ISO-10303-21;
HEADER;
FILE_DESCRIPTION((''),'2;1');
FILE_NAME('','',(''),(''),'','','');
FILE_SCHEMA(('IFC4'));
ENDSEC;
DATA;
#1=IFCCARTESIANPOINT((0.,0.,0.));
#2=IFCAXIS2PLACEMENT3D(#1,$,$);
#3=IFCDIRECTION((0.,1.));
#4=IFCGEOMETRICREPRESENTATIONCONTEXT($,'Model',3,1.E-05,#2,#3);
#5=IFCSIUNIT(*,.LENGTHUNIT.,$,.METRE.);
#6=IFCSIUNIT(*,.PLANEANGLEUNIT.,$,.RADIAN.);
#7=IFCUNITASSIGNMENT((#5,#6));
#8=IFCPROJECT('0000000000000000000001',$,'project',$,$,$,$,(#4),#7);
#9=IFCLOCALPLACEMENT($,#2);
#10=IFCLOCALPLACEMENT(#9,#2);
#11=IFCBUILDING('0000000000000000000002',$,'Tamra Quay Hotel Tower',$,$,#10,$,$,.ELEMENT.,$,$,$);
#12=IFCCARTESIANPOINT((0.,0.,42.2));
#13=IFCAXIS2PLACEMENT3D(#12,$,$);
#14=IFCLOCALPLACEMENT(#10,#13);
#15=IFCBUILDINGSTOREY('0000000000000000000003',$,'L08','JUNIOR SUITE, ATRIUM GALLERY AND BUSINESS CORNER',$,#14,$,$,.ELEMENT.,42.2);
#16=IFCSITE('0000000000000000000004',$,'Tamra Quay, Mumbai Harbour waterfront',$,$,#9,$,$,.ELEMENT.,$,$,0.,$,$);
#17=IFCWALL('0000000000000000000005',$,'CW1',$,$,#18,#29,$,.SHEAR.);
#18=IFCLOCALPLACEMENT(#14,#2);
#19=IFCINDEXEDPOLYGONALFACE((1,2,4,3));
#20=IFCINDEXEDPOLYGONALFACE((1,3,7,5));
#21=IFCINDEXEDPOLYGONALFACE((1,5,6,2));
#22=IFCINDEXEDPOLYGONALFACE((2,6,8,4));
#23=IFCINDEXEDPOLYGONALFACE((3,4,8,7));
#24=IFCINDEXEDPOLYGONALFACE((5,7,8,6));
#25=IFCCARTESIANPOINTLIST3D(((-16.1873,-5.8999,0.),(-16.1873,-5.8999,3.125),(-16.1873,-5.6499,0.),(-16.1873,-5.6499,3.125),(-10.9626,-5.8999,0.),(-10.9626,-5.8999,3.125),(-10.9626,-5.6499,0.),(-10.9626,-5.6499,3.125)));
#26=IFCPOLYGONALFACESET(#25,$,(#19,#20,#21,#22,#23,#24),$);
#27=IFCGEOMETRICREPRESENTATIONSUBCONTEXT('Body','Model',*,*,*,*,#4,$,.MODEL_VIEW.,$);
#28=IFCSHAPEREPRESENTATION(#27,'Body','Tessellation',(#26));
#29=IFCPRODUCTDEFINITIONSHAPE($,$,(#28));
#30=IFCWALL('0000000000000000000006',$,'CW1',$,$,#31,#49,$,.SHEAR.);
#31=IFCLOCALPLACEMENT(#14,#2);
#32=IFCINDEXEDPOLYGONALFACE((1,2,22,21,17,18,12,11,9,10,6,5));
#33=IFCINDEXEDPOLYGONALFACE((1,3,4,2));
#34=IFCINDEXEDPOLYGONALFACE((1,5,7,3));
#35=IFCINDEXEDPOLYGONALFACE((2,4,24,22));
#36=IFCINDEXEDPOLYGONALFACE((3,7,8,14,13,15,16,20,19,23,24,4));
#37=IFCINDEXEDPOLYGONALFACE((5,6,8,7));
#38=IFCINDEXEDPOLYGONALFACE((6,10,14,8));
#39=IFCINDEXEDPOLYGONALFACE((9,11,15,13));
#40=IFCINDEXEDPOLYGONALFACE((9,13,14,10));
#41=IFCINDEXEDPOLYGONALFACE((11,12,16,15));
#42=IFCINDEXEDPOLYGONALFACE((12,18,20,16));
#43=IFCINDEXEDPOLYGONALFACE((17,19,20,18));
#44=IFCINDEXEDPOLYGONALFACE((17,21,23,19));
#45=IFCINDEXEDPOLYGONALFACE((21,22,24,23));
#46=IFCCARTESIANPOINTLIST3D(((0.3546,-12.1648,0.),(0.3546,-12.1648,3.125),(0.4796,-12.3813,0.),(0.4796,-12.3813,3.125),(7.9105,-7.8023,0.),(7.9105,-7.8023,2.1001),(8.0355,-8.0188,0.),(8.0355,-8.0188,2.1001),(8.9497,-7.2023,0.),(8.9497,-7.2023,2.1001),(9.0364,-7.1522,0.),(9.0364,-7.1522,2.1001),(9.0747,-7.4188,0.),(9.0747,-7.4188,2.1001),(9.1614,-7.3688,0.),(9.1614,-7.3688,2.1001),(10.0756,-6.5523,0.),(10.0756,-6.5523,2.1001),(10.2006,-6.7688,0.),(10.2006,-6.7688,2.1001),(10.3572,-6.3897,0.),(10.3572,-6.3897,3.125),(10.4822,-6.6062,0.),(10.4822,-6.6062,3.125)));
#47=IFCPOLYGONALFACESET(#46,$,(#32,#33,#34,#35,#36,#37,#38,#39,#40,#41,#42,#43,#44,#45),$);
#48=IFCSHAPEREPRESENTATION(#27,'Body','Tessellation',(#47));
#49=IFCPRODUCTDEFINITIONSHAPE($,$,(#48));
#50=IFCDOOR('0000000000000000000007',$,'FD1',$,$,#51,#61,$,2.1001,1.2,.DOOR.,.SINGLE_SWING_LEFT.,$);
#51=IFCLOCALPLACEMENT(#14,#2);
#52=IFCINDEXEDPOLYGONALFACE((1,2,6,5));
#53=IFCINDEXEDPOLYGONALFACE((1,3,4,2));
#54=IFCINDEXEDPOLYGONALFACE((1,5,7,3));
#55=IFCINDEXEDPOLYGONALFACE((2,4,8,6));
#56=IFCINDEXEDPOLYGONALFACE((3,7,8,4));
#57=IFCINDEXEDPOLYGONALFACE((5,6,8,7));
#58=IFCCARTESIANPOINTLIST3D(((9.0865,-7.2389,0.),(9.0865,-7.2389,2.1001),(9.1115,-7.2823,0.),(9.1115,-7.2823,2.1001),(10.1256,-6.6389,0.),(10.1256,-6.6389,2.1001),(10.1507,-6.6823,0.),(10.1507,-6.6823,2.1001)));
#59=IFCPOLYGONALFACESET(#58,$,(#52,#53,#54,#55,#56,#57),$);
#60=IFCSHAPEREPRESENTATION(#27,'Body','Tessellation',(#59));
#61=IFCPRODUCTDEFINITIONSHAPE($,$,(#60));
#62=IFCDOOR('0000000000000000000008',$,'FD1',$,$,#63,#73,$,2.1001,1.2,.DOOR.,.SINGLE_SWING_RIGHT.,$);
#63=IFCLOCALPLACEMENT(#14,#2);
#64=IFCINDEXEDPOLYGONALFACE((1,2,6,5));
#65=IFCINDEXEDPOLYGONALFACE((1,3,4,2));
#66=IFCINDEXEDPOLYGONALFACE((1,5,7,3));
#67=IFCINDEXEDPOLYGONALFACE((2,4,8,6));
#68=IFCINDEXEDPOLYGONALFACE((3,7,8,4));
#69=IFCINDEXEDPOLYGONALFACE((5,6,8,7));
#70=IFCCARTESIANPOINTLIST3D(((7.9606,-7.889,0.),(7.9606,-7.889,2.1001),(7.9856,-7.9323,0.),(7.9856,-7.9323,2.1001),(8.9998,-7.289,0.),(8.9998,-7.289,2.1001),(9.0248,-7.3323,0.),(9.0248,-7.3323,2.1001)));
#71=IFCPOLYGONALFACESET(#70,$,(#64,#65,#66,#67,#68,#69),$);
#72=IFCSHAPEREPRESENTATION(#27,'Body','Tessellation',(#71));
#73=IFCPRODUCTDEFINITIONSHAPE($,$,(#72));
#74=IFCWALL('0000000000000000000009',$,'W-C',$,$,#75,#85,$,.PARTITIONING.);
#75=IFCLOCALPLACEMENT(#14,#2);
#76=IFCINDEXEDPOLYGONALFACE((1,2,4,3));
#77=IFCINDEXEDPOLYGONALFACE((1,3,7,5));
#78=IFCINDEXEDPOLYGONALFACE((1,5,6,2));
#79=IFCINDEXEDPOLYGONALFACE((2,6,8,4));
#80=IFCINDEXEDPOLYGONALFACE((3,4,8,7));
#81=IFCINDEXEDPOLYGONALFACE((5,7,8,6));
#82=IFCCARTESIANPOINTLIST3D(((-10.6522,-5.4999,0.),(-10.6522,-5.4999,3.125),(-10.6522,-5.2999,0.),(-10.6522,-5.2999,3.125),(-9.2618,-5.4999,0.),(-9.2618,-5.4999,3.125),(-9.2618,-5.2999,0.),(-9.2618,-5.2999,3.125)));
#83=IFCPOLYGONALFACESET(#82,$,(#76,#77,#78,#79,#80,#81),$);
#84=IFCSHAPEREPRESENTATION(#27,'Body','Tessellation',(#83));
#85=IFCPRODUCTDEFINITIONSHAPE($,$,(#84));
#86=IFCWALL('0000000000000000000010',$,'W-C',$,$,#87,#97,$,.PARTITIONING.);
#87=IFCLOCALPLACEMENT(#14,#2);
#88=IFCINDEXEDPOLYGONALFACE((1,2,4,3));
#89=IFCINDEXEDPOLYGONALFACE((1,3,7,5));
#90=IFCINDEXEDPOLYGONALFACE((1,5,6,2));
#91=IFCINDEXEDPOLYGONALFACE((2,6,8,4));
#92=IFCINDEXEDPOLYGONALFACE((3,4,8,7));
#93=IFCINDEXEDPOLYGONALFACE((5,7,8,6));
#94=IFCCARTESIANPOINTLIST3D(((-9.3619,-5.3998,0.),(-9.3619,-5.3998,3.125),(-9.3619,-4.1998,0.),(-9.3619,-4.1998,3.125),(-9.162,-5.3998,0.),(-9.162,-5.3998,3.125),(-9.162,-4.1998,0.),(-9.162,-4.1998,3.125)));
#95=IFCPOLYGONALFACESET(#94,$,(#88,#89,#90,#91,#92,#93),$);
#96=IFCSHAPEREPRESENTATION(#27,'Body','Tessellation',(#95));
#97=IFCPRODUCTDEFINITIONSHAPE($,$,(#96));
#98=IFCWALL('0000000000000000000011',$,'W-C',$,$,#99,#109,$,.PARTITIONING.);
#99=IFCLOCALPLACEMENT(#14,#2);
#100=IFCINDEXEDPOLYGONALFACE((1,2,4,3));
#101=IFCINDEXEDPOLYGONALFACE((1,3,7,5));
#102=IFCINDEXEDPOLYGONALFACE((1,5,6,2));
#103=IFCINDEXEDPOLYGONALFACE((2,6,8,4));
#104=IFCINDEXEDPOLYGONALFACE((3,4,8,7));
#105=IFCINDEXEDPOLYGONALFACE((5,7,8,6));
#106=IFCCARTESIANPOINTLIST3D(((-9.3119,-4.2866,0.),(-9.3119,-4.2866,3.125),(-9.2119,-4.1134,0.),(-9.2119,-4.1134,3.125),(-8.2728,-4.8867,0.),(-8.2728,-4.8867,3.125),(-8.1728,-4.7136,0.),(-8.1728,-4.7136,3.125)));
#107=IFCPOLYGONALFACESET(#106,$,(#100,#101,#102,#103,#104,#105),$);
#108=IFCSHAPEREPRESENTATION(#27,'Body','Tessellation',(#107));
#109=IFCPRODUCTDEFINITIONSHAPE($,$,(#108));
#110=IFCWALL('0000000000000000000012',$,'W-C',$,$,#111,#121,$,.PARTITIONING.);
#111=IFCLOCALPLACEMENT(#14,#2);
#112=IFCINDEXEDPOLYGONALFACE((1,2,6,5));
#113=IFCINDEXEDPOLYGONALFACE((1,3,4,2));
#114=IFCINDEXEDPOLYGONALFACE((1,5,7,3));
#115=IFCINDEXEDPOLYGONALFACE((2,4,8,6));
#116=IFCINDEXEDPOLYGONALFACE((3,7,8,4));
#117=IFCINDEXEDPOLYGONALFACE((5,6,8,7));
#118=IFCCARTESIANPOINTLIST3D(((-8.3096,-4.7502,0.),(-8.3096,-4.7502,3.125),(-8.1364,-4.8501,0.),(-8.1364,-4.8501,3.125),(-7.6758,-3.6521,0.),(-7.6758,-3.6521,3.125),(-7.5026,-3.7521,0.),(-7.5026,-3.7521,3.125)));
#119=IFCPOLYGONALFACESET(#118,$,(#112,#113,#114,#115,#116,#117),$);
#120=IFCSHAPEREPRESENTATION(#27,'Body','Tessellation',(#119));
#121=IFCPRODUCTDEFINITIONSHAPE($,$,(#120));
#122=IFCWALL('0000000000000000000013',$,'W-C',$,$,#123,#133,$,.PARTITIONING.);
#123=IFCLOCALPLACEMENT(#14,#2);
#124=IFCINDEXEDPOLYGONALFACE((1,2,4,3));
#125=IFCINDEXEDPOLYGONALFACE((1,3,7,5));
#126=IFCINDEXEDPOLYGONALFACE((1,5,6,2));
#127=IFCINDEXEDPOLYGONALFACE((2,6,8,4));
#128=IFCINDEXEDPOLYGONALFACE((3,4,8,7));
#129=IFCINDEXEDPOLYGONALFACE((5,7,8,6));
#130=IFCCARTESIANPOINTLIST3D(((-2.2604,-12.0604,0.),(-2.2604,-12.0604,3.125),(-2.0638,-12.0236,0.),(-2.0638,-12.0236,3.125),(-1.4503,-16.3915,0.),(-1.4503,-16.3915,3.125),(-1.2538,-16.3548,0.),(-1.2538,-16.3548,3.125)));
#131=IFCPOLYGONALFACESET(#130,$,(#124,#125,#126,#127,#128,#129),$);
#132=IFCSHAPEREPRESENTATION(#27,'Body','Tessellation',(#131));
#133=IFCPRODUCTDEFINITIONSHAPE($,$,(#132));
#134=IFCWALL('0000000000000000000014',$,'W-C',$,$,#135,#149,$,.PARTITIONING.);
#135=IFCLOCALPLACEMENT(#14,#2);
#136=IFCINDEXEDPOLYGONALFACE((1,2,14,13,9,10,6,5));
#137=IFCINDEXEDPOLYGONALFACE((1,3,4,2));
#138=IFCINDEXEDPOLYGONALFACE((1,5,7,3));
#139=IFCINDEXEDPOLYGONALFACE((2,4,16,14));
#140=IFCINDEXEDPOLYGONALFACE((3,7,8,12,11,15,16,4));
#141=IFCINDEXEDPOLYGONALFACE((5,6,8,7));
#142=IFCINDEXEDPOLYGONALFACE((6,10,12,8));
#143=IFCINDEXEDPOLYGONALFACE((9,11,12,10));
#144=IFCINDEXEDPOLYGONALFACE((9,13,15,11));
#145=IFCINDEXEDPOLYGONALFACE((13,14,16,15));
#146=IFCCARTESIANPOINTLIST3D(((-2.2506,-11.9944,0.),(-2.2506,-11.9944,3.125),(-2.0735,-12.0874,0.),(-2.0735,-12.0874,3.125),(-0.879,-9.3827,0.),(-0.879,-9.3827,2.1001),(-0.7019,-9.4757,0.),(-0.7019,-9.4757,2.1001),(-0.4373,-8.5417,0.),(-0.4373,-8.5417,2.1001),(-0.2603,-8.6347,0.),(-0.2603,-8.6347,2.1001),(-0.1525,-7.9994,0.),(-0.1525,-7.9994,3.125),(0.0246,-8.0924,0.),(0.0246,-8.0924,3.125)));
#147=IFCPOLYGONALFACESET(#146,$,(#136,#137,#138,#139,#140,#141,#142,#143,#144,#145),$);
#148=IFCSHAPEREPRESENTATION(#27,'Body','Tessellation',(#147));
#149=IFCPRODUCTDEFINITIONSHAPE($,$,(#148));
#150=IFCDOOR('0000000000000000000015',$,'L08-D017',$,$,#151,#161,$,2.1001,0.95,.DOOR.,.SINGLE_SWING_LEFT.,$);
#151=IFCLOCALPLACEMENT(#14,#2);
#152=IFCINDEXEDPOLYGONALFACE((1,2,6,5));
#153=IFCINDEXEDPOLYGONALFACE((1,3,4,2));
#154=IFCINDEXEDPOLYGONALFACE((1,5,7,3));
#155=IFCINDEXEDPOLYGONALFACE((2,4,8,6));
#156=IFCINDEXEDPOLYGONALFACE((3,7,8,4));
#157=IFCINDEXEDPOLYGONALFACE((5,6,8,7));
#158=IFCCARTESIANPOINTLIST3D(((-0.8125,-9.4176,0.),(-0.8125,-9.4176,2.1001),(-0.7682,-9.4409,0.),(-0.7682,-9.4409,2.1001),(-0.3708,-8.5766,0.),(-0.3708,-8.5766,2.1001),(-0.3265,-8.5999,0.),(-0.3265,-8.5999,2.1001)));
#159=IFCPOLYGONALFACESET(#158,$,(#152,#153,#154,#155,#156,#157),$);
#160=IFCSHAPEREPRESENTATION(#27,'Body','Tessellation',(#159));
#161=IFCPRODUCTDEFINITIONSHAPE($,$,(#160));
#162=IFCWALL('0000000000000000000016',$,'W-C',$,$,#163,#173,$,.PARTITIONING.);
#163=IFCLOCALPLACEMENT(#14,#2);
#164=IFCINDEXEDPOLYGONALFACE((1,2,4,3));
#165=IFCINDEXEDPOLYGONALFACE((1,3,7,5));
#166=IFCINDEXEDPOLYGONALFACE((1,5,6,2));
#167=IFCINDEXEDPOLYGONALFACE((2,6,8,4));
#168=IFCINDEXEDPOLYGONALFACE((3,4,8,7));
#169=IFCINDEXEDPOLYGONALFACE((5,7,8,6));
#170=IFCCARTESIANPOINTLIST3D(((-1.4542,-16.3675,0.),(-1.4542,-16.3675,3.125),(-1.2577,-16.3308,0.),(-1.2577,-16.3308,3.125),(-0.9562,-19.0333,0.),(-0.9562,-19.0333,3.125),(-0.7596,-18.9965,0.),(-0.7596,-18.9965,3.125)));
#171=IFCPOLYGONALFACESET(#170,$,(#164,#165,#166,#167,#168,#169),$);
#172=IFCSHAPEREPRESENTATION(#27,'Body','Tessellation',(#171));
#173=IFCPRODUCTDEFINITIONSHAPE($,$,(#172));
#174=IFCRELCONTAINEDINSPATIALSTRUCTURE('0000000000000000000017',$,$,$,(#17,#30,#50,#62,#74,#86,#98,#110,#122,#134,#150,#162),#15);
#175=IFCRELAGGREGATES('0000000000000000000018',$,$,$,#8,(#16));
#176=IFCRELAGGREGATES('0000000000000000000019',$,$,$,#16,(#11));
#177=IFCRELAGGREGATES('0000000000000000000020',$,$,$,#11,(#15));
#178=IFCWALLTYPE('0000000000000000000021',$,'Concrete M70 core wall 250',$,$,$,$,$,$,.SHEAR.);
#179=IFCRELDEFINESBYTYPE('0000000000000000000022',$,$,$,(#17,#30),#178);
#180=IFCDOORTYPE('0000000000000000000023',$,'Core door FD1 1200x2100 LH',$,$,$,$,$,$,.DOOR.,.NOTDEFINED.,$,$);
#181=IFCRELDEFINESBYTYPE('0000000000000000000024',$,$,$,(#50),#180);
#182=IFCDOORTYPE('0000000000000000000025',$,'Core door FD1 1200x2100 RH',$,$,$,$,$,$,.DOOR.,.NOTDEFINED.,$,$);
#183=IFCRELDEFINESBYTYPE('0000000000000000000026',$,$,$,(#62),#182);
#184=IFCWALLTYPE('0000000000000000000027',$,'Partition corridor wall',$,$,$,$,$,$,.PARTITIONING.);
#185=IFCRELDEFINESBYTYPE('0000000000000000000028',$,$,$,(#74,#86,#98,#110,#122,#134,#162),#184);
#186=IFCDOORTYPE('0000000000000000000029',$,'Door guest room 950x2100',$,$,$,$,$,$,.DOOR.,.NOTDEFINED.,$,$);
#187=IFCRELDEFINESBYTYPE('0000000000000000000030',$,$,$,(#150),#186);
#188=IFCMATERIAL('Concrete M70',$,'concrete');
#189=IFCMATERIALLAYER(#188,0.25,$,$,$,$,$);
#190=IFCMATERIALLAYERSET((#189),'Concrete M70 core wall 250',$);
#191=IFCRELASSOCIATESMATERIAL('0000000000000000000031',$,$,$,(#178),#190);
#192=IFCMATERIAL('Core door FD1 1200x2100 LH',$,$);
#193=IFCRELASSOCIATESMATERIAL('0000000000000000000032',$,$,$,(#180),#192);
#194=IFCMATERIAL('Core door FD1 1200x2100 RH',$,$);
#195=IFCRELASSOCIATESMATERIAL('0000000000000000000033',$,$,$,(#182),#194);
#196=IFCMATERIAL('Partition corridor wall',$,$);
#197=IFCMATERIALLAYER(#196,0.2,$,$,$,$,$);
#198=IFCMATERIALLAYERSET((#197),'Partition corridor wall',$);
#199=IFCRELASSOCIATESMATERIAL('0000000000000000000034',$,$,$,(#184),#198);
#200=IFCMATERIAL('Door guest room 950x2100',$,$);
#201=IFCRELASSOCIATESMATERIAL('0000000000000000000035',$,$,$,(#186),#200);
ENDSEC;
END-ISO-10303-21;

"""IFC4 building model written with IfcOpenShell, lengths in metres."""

from ifc_helpers import new_model, si_unit, direction, frame, frame_2d, origin, place, context, subcontext, project, spatial, rectangle, extrude, material, layer, layer_set, type_object, element, fill, save


model = new_model("IFC4")

# Units and contexts
model_context = context("Model", 3, precision=1e-05, world=origin(), true_north=direction((0.0, 1.0)))
body_context = subcontext(model_context, "Body", "Model", "MODEL_VIEW")
ifc_project = project(units=[si_unit("LENGTHUNIT", "METRE"), si_unit("PLANEANGLEUNIT", "RADIAN")], contexts=[model_context])

# Site, building, storey
site_placement = place(None, origin())
site = spatial("IfcSite", under=ifc_project, at=site_placement, Name="Tamra Quay, Mumbai Harbour waterfront", CompositionType="ELEMENT", RefElevation=0.0)
building_placement = place(site_placement, origin())
building = spatial("IfcBuilding", under=site, at=building_placement, Name="Tamra Quay Hotel Tower", CompositionType="ELEMENT")
storey_placement = place(building_placement, frame((0.0, 0.0, 42.2)))
storey = spatial("IfcBuildingStorey", under=building, at=storey_placement, Name="L08", Description="JUNIOR SUITE, ATRIUM GALLERY AND BUSINESS CORNER", CompositionType="ELEMENT", Elevation=42.2)

# Wall
ifc_material_1 = material(Name="Concrete M70", Category="concrete")
ifc_layer_1 = layer(ifc_material_1, 0.25)
ifc_layer_set_1 = layer_set([ifc_layer_1], Name="Concrete M70 core wall 250")
wall_type_1 = type_object("IfcWallType", Name="Concrete M70 core wall 250", PredefinedType="SHEAR", material=ifc_layer_set_1)
wall_1_placement = place(storey_placement, frame((-10.9626, -5.7749, 0.0), z_axis=(0.0, 0.0, 1.0), x_axis=(-1.0, 0.0, 0.0)))
element("IfcWall", 1, at=wall_1_placement, inside=storey, type_object=wall_type_1, Name="CW1", PredefinedType="SHEAR", context=body_context, shape_type="SweptSolid", body=[
    extrude(rectangle(XDim=5.2246, YDim=0.25, at=frame_2d((2.6123, 0.0))), origin(), (0.0, 0.0, 1.0), 3.125),
])

# Wall, openings, doors
wall_2_placement = place(storey_placement, frame((0.4172, -12.2729, 0.0), z_axis=(0.0, 0.0, 1.0), x_axis=(0.866022, 0.500006, 0.0)))
wall_2 = element("IfcWall", 2, at=wall_2_placement, inside=storey, type_object=wall_type_1, Name="CW1", PredefinedType="SHEAR", context=body_context, shape_type="SweptSolid", body=[
    extrude(rectangle(XDim=11.55, YDim=0.25, at=frame_2d((5.7749, 0.0))), origin(), (0.0, 0.0, 1.0), 3.125),
])
opening_1_placement = place(wall_2_placement, frame((10.0247, 0.0, 0.0)))
opening_1 = element("IfcOpeningElement", 3, at=opening_1_placement, cuts=wall_2, PredefinedType="OPENING", context=body_context, shape_type="SweptSolid", body=[
    extrude(rectangle(XDim=1.2, YDim=2.1001, at=frame_2d((0.6001, 1.05))), frame((0.0, 0.135, 0.0), z_axis=(0.0, -1.0, 0.0), x_axis=(1.0, 0.0, 0.0)), (0.0, 0.0, 1.0), 0.27),
])
opening_2_placement = place(wall_2_placement, frame((8.7246, 0.0, 0.0)))
opening_2 = element("IfcOpeningElement", 4, at=opening_2_placement, cuts=wall_2, PredefinedType="OPENING", context=body_context, shape_type="SweptSolid", body=[
    extrude(rectangle(XDim=1.2, YDim=2.1001, at=frame_2d((0.6001, 1.05))), frame((0.0, 0.135, 0.0), z_axis=(0.0, -1.0, 0.0), x_axis=(1.0, 0.0, 0.0)), (0.0, 0.0, 1.0), 0.27),
])
ifc_material_2 = material(Name="Core door FD1 1200x2100 LH")
door_type_1 = type_object("IfcDoorType", Name="Core door FD1 1200x2100 LH", OperationType="NOTDEFINED", PredefinedType="DOOR", material=ifc_material_2)
door_1_placement = place(opening_1_placement, origin())
door_1 = element("IfcDoor", 5, at=door_1_placement, inside=storey, type_object=door_type_1, Name="FD1", OperationType="SINGLE_SWING_LEFT", OverallHeight=2.1001, OverallWidth=1.2, PredefinedType="DOOR", context=body_context, shape_type="SweptSolid", body=[
    extrude(rectangle(XDim=1.2, YDim=2.1001, at=frame_2d((0.6001, 1.05))), frame((0.0, 0.0249, 0.0), z_axis=(0.0, -1.0, 0.0), x_axis=(1.0, 0.0, 0.0)), (0.0, 0.0, 1.0), 0.05),
])
fill(opening_1, door_1)
ifc_material_3 = material(Name="Core door FD1 1200x2100 RH")
door_type_2 = type_object("IfcDoorType", Name="Core door FD1 1200x2100 RH", OperationType="NOTDEFINED", PredefinedType="DOOR", material=ifc_material_3)
door_2_placement = place(opening_2_placement, origin())
door_2 = element("IfcDoor", 6, at=door_2_placement, inside=storey, type_object=door_type_2, Name="FD1", OperationType="SINGLE_SWING_RIGHT", OverallHeight=2.1001, OverallWidth=1.2, PredefinedType="DOOR", context=body_context, shape_type="SweptSolid", body=[
    extrude(rectangle(XDim=1.2, YDim=2.1001, at=frame_2d((0.6001, 1.05))), frame((0.0, 0.0249, 0.0), z_axis=(0.0, -1.0, 0.0), x_axis=(1.0, 0.0, 0.0)), (0.0, 0.0, 1.0), 0.05),
])
fill(opening_2, door_2)

# Walls
ifc_material_4 = material(Name="Partition corridor wall")
ifc_layer_2 = layer(ifc_material_4, 0.2)
ifc_layer_set_2 = layer_set([ifc_layer_2], Name="Partition corridor wall")
wall_type_2 = type_object("IfcWallType", Name="Partition corridor wall", PredefinedType="PARTITIONING", material=ifc_layer_set_2)
wall_3_placement = place(storey_placement, frame((-10.6523, -5.3999, 0.0), z_axis=(0.0, 0.0, 1.0), x_axis=(1.0, 0.0, 0.0)))
element("IfcWall", 7, at=wall_3_placement, inside=storey, type_object=wall_type_2, Name="W-C", PredefinedType="PARTITIONING", context=body_context, shape_type="SweptSolid", body=[
    extrude(rectangle(XDim=1.3904, YDim=0.2, at=frame_2d((0.6953, 0.0))), origin(), (0.0, 0.0, 1.0), 3.125),
])
for number, where, z_axis, x_axis, name in (
    (8, (-9.262, -5.3999, 0.0), (0.0, 0.0, 1.0), (0.0, 1.0, 0.0), "W-C"),
    (9, (-9.262, -4.2, 0.0), (0.0, 0.0, 1.0), (0.865955, -0.500122, 0.0), "W-C"),
):
    element("IfcWall", number, at=place(storey_placement, frame(where, z_axis=z_axis, x_axis=x_axis)), inside=storey, type_object=wall_type_2, Name=name, PredefinedType="PARTITIONING", context=body_context, shape_type="SweptSolid", body=[
        extrude(rectangle(XDim=1.2, YDim=0.2, at=frame_2d((0.6001, 0.0))), origin(), (0.0, 0.0, 1.0), 3.125),
    ])
wall_4_placement = place(storey_placement, frame((-8.2229, -4.8, 0.0), z_axis=(0.0, 0.0, 1.0), x_axis=(0.499867, 0.866102, 0.0)))
element("IfcWall", 10, at=wall_4_placement, inside=storey, type_object=wall_type_2, Name="W-C", PredefinedType="PARTITIONING", context=body_context, shape_type="SweptSolid", body=[
    extrude(rectangle(XDim=1.2678, YDim=0.2, at=frame_2d((0.6338, 0.0))), origin(), (0.0, 0.0, 1.0), 3.125),
])
wall_5_placement = place(storey_placement, frame((-2.1621, -12.042, 0.0), z_axis=(0.0, 0.0, 1.0), x_axis=(0.183847, -0.982955, 0.0)))
element("IfcWall", 11, at=wall_5_placement, inside=storey, type_object=wall_type_2, Name="W-C", PredefinedType="PARTITIONING", context=body_context, shape_type="SweptSolid", body=[
    extrude(rectangle(XDim=4.4062, YDim=0.2, at=frame_2d((2.2031, 0.0))), origin(), (0.0, 0.0, 1.0), 3.125),
])

# Wall, opening, door
wall_6_placement = place(storey_placement, frame((-2.1621, -12.041, 0.0), z_axis=(0.0, 0.0, 1.0), x_axis=(0.464957, 0.885333, 0.0)))
wall_6 = element("IfcWall", 12, at=wall_6_placement, inside=storey, type_object=wall_type_2, Name="W-C", PredefinedType="PARTITIONING", context=body_context, shape_type="SweptSolid", body=[
    extrude(rectangle(XDim=4.5125, YDim=0.2, at=frame_2d((2.2563, 0.0))), origin(), (0.0, 0.0, 1.0), 3.125),
])
opening_3_placement = place(wall_6_placement, frame((2.95, 0.0, 0.0)))
opening_3 = element("IfcOpeningElement", 13, at=opening_3_placement, cuts=wall_6, PredefinedType="OPENING", context=body_context, shape_type="SweptSolid", body=[
    extrude(rectangle(XDim=0.95, YDim=2.1001, at=frame_2d((0.4751, 1.05))), frame((0.0, 0.1099, 0.0), z_axis=(0.0, -1.0, 0.0), x_axis=(1.0, 0.0, 0.0)), (0.0, 0.0, 1.0), 0.22),
])
ifc_material_5 = material(Name="Door guest room 950x2100")
door_type_3 = type_object("IfcDoorType", Name="Door guest room 950x2100", OperationType="NOTDEFINED", PredefinedType="DOOR", material=ifc_material_5)
door_3_placement = place(opening_3_placement, origin())
door_3 = element("IfcDoor", 14, at=door_3_placement, inside=storey, type_object=door_type_3, Name="L08-D017", OperationType="SINGLE_SWING_LEFT", OverallHeight=2.1001, OverallWidth=0.95, PredefinedType="DOOR", context=body_context, shape_type="SweptSolid", body=[
    extrude(rectangle(XDim=0.95, YDim=2.1001, at=frame_2d((0.4751, 1.05))), frame((0.0, 0.0249, 0.0), z_axis=(0.0, -1.0, 0.0), x_axis=(1.0, 0.0, 0.0)), (0.0, 0.0, 1.0), 0.05),
])
fill(opening_3, door_3)

# Wall
wall_7_placement = place(storey_placement, frame((-1.356, -16.3491, 0.0), z_axis=(0.0, 0.0, 1.0), x_axis=(0.183653, -0.982991, 0.0)))
element("IfcWall", 15, at=wall_7_placement, inside=storey, type_object=wall_type_2, Name="W-C", PredefinedType="PARTITIONING", context=body_context, shape_type="SweptSolid", body=[
    extrude(rectangle(XDim=2.7119, YDim=0.2, at=frame_2d((1.356, 0.0))), origin(), (0.0, 0.0, 1.0), 3.125),
])

save(model, "model.ifc")
